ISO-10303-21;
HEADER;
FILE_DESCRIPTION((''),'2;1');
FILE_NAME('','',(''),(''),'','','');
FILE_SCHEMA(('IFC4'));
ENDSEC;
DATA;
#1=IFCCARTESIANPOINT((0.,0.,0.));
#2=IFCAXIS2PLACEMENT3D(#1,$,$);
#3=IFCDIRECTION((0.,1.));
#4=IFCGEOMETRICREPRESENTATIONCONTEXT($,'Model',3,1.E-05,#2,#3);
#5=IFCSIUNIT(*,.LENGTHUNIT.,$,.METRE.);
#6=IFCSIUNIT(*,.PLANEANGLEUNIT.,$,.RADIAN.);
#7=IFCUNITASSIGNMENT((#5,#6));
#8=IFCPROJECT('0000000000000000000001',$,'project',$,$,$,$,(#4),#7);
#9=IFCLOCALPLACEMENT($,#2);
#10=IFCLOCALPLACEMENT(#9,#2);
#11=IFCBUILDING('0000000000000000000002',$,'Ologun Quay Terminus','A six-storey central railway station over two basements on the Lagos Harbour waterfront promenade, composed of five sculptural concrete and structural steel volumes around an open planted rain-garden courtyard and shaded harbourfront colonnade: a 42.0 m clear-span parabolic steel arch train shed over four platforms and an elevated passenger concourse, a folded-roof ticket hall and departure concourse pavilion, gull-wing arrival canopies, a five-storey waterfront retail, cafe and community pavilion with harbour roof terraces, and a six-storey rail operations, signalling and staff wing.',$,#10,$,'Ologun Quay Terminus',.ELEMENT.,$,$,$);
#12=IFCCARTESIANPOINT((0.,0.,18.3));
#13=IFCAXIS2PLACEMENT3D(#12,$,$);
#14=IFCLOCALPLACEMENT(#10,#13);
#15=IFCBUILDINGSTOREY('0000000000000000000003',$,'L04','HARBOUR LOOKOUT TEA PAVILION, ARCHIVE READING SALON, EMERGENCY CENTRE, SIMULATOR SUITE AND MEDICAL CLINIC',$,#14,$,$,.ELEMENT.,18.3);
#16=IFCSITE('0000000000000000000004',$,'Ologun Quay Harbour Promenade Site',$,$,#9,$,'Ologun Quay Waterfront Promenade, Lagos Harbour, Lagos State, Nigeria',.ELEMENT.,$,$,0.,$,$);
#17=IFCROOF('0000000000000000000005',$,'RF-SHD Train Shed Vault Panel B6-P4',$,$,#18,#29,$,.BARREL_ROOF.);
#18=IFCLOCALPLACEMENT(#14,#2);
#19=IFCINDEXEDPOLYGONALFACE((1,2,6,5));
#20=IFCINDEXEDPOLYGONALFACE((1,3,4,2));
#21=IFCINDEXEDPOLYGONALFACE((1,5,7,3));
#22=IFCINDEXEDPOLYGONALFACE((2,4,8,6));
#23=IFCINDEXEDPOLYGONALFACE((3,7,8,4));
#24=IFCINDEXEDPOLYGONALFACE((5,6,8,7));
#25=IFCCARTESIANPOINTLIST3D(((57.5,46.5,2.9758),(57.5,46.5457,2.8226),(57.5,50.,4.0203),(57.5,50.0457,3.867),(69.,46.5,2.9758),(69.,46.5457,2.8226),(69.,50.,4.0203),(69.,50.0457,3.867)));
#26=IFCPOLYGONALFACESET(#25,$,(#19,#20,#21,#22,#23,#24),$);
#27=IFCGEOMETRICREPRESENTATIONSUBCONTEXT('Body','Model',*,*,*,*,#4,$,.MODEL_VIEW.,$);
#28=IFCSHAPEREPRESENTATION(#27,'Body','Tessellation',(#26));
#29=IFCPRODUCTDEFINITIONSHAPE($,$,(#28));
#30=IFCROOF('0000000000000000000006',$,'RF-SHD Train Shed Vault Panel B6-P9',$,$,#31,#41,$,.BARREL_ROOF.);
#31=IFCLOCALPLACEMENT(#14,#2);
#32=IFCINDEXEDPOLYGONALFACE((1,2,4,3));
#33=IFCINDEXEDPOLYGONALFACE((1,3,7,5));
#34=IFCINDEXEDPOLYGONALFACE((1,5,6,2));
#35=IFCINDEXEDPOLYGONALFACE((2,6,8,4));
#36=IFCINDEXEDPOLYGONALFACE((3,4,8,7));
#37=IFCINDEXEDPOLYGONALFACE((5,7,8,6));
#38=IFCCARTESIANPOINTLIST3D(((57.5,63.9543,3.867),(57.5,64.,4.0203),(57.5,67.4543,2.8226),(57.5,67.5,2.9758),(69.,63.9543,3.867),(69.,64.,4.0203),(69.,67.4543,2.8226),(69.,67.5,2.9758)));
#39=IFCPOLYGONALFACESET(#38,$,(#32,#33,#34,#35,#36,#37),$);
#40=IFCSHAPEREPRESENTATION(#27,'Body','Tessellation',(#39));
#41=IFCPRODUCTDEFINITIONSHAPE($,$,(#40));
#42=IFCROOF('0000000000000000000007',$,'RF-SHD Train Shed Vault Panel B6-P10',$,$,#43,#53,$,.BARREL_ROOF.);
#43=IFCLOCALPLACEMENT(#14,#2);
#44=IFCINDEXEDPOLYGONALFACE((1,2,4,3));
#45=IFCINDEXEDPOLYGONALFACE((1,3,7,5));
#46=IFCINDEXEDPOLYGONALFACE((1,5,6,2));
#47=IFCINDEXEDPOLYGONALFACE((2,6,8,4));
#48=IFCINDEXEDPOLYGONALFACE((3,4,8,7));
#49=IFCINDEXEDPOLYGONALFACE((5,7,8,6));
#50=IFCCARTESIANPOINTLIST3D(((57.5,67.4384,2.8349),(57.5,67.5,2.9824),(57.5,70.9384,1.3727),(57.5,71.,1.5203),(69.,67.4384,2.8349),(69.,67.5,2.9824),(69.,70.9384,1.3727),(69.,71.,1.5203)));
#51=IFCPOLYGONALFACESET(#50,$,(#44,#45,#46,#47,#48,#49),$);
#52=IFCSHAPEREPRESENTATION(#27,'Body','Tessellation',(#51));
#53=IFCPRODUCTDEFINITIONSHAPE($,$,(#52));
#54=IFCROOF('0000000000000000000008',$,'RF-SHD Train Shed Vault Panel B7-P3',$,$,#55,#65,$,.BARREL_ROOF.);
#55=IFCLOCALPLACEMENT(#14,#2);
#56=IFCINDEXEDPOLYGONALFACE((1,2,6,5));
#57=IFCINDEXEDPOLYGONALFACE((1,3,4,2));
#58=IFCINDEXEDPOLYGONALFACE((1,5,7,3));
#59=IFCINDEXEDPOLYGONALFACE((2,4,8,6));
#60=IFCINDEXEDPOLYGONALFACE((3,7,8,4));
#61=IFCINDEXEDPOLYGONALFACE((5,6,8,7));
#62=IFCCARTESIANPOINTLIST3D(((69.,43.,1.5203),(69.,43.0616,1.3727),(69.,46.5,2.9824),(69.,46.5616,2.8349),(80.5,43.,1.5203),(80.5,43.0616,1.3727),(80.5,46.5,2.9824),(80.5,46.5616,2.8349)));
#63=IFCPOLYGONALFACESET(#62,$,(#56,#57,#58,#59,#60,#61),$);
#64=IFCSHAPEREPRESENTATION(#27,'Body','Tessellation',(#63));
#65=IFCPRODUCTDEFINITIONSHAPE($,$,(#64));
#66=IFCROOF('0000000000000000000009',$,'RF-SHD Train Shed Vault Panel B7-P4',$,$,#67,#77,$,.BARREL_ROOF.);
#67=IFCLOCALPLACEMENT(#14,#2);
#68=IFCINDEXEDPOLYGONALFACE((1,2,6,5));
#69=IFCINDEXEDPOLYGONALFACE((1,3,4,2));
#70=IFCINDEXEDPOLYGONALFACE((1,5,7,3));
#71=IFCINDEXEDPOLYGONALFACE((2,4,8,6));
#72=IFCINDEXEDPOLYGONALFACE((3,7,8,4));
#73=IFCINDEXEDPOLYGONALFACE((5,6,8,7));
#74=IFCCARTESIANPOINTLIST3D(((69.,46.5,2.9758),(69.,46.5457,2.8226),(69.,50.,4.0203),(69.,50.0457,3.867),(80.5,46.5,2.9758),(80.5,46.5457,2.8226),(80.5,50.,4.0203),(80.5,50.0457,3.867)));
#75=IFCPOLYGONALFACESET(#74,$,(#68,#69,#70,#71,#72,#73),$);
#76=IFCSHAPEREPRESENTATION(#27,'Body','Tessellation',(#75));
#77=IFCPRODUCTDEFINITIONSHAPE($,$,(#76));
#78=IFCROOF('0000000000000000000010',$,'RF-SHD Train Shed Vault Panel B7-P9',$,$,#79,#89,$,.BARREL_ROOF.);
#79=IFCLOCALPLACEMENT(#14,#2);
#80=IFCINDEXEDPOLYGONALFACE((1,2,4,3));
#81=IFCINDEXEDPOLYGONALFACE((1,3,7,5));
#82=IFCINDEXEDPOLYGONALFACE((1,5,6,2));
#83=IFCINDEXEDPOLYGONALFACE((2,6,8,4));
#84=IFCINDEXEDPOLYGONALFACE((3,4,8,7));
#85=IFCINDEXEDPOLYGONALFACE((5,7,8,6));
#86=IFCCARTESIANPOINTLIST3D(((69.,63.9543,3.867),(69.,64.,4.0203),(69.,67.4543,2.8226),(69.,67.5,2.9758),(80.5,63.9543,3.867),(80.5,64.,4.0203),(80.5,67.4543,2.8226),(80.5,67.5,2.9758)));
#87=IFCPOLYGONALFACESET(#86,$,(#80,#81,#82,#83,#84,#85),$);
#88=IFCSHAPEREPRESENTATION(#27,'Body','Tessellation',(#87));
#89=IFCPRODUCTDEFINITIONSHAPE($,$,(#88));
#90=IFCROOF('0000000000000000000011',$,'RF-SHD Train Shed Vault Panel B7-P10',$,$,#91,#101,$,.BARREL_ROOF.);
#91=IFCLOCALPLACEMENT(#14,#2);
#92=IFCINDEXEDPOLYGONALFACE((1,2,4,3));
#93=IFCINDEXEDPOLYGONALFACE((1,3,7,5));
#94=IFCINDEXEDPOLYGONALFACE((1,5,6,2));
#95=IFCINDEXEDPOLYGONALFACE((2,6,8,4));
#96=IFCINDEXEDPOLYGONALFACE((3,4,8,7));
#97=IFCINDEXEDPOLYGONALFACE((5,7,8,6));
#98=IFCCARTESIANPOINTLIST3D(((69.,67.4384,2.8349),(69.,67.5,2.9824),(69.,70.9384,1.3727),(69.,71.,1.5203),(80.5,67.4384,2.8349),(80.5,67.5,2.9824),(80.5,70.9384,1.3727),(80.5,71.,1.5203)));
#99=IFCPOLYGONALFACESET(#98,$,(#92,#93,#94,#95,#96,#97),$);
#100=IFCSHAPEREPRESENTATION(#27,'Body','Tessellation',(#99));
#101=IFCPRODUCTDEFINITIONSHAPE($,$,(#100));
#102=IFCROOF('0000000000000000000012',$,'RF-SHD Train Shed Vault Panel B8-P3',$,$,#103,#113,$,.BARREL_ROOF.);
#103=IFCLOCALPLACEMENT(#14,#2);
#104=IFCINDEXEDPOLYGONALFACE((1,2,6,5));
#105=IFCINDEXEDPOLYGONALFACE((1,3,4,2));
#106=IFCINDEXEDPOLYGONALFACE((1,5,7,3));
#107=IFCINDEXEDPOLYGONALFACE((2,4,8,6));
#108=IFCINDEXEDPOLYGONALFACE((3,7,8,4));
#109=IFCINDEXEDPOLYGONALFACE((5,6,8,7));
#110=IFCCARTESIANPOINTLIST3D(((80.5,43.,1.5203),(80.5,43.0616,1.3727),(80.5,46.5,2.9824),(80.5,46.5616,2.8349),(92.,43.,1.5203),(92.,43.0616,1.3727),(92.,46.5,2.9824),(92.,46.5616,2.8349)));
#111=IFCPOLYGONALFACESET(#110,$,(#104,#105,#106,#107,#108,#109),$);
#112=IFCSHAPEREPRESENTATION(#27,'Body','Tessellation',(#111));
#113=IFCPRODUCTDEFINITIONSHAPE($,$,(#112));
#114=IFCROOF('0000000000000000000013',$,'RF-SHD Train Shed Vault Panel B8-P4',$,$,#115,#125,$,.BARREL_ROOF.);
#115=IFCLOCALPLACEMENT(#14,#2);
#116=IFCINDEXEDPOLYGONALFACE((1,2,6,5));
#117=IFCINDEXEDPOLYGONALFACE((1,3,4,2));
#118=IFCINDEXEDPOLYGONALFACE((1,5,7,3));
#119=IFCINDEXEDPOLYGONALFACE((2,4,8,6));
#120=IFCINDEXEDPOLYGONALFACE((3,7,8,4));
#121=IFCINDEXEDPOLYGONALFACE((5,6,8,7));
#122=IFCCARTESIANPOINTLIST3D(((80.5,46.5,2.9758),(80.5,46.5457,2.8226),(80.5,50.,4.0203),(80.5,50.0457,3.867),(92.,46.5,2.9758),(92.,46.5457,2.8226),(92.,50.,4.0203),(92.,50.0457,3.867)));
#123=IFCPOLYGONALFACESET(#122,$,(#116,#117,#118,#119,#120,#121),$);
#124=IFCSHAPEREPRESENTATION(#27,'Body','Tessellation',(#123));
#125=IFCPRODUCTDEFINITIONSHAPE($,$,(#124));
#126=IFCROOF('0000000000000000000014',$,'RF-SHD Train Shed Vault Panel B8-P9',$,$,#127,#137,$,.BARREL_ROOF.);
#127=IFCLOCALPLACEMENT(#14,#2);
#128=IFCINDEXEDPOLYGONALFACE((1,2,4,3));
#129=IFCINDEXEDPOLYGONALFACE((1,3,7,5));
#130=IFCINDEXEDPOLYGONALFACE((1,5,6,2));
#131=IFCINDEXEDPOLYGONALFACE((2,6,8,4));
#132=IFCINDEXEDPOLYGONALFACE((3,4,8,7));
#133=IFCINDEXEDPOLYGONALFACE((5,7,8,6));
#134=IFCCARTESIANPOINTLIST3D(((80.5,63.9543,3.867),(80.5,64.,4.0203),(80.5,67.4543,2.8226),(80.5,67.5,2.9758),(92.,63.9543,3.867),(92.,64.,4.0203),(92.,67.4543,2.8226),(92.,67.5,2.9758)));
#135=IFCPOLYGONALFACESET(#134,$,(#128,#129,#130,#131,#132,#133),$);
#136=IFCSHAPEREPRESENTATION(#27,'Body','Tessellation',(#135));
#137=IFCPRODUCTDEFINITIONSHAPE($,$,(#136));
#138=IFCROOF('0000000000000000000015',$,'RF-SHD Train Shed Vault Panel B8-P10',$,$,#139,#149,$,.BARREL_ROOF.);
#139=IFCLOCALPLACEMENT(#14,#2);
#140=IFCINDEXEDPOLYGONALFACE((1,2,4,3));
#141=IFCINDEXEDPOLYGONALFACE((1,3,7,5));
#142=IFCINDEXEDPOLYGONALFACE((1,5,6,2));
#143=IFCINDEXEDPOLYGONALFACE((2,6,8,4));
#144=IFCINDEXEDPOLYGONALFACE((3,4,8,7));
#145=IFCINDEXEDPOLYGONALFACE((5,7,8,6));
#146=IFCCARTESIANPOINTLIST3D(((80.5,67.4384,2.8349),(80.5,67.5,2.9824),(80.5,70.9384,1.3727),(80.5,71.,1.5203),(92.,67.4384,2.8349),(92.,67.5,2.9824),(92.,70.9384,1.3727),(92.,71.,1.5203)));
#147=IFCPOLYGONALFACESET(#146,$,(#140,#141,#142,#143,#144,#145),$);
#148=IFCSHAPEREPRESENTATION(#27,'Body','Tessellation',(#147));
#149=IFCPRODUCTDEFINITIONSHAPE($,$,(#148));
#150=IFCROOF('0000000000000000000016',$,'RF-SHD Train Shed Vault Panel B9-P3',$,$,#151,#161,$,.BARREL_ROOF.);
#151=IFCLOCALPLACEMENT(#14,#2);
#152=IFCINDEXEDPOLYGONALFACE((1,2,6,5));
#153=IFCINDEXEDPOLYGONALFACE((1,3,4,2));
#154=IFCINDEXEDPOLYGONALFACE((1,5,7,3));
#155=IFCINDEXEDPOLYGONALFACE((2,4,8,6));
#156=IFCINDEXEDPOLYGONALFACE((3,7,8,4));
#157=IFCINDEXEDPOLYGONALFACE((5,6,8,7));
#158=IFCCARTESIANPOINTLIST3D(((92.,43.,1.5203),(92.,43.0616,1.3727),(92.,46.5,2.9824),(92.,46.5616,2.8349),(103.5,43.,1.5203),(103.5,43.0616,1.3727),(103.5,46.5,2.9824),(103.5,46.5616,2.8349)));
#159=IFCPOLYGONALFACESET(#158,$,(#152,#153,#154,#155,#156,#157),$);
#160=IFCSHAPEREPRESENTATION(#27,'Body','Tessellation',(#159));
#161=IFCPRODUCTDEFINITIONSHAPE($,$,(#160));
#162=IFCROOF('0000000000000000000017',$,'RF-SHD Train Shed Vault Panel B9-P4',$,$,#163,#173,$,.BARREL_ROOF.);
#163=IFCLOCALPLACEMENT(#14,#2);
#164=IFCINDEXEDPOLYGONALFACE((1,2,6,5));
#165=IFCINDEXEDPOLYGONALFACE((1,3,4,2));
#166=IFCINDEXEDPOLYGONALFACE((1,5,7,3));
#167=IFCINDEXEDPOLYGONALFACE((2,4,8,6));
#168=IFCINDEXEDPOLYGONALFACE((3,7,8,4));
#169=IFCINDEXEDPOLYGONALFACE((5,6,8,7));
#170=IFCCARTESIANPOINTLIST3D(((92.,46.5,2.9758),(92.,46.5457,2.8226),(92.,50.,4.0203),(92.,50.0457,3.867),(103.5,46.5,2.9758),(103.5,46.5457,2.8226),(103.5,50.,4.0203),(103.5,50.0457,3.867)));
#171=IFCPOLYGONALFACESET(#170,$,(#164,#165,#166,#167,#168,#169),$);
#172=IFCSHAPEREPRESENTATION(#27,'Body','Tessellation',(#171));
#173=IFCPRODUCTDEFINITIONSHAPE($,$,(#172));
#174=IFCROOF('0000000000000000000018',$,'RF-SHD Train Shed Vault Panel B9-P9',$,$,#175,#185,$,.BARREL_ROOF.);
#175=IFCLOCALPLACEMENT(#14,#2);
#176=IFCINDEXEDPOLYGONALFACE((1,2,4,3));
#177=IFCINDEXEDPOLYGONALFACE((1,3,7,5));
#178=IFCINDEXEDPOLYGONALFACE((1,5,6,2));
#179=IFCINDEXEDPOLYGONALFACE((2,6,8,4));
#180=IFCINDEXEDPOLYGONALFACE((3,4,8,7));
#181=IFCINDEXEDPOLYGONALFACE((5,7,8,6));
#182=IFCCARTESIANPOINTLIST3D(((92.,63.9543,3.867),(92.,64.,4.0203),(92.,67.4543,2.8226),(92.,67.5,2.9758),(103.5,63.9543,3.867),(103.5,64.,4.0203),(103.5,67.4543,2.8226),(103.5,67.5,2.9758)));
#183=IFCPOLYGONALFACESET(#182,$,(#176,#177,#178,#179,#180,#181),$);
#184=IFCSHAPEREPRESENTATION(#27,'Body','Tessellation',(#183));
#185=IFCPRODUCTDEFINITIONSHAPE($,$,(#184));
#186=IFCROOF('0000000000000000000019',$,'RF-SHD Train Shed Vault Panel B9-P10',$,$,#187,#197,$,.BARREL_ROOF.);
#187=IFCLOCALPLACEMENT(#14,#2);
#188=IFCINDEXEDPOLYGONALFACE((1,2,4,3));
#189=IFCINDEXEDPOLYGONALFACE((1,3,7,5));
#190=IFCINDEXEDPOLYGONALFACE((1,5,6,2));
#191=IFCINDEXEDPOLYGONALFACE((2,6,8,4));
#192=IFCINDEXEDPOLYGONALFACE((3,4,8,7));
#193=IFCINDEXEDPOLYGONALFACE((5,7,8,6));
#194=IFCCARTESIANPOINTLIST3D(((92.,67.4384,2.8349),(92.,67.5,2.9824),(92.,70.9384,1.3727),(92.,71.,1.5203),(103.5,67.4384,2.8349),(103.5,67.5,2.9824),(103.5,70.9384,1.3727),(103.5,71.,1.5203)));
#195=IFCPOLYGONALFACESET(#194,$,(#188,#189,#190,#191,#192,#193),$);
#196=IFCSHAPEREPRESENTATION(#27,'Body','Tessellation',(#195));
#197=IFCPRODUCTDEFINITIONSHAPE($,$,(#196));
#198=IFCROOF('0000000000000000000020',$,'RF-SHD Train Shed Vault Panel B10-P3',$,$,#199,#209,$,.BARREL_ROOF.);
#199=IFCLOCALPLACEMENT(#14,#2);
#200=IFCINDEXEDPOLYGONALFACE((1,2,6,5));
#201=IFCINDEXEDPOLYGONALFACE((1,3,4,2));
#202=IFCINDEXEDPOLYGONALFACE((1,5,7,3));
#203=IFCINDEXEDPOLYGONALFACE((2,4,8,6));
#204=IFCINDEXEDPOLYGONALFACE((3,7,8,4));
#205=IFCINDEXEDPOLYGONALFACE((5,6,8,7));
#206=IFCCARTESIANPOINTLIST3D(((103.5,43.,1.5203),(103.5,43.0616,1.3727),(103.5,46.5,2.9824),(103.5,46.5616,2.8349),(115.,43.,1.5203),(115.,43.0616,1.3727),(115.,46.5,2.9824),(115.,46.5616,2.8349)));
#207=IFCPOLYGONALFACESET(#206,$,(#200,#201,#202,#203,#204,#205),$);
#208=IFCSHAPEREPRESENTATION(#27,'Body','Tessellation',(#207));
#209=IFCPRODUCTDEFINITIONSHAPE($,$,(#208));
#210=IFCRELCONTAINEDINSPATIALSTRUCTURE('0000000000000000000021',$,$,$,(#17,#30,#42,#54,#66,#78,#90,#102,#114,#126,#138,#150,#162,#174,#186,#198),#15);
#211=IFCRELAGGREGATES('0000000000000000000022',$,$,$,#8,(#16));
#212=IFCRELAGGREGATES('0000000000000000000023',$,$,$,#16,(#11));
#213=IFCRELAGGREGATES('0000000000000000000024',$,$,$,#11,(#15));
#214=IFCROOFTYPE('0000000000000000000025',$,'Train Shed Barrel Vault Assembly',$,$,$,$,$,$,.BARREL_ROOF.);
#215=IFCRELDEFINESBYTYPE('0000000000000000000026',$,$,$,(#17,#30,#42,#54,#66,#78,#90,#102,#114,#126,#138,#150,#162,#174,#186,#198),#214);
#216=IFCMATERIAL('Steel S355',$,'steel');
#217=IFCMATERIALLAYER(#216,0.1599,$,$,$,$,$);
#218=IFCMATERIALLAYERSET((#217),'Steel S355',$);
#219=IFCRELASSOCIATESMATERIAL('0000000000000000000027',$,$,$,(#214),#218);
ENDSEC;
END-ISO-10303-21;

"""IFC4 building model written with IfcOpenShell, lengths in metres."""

from ifc_helpers import new_model, si_unit, direction, frame, origin, place, context, subcontext, project, spatial, polyline, outline, extrude, material, layer, layer_set, type_object, element, save


model = new_model("IFC4")

# Units and contexts
model_context = context("Model", 3, precision=1e-05, world=origin(), true_north=direction((0.0, 1.0)))
body_context = subcontext(model_context, "Body", "Model", "MODEL_VIEW")
ifc_project = project(units=[si_unit("LENGTHUNIT", "METRE"), si_unit("PLANEANGLEUNIT", "RADIAN")], contexts=[model_context])

# Site, building, storey
site_placement = place(None, origin())
site = spatial("IfcSite", under=ifc_project, at=site_placement, Name="Ologun Quay Harbour Promenade Site", LongName="Ologun Quay Waterfront Promenade, Lagos Harbour, Lagos State, Nigeria", CompositionType="ELEMENT", RefElevation=0.0)
building_placement = place(site_placement, origin())
building = spatial("IfcBuilding", under=site, at=building_placement, Name="Ologun Quay Terminus", Description="A six-storey central railway station over two basements on the Lagos Harbour waterfront promenade, composed of five sculptural concrete and structural steel volumes around an open planted rain-garden courtyard and shaded harbourfront colonnade: a 42.0 m clear-span parabolic steel arch train shed over four platforms and an elevated passenger concourse, a folded-roof ticket hall and departure concourse pavilion, gull-wing arrival canopies, a five-storey waterfront retail, cafe and community pavilion with harbour roof terraces, and a six-storey rail operations, signalling and staff wing.", LongName="Ologun Quay Terminus", CompositionType="ELEMENT")
storey_placement = place(building_placement, frame((0.0, 0.0, 18.3)))
storey = spatial("IfcBuildingStorey", under=building, at=storey_placement, Name="L04", Description="HARBOUR LOOKOUT TEA PAVILION, ARCHIVE READING SALON, EMERGENCY CENTRE, SIMULATOR SUITE AND MEDICAL CLINIC", CompositionType="ELEMENT", Elevation=18.3)

# Roofs
ifc_material_1 = material(Name="Steel S355", Category="steel")
ifc_layer_1 = layer(ifc_material_1, 0.1599)
ifc_layer_set_1 = layer_set([ifc_layer_1], Name="Steel S355")
roof_type = type_object("IfcRoofType", Name="Train Shed Barrel Vault Assembly", PredefinedType="BARREL_ROOF", material=ifc_layer_set_1)
for number, where, z_axis, x_axis, name in (
    (1, (57.5, 46.5, 2.9758), (0.0, -0.285949, 0.958245), (1.0, 0.0, 0.0), "RF-SHD Train Shed Vault Panel B6-P4"),
    (2, (57.5, 64.0, 4.0203), (0.0, 0.285949, 0.958245), (1.0, 0.0, 0.0), "RF-SHD Train Shed Vault Panel B6-P9"),
):
    element("IfcRoof", number, at=place(storey_placement, frame(where, z_axis=z_axis, x_axis=x_axis)), inside=storey, type_object=roof_type, Name=name, PredefinedType="BARREL_ROOF", context=body_context, shape_type="SweptSolid", body=[
        extrude(outline(polyline([(0.0, 0.0), (11.5, 0.0), (11.5, 3.6525), (0.0, 3.6525), (0.0, 0.0)])), origin(), (0.0, 0.0, -1.0), 0.1599),
    ])
for number, where, z_axis, x_axis, name in (
    (3, (57.5, 67.5, 2.9824), (0.0, 0.385474, 0.922719), (1.0, 0.0, 0.0), "RF-SHD Train Shed Vault Panel B6-P10"),
    (4, (69.0, 43.0, 1.5203), (0.0, -0.385474, 0.922719), (1.0, 0.0, 0.0), "RF-SHD Train Shed Vault Panel B7-P3"),
):
    element("IfcRoof", number, at=place(storey_placement, frame(where, z_axis=z_axis, x_axis=x_axis)), inside=storey, type_object=roof_type, Name=name, PredefinedType="BARREL_ROOF", context=body_context, shape_type="SweptSolid", body=[
        extrude(outline(polyline([(0.0, 0.0), (11.5, 0.0), (11.5, 3.7931), (0.0, 3.7931), (0.0, 0.0)])), origin(), (0.0, 0.0, -1.0), 0.1599),
    ])
for number, where, z_axis, x_axis, name in (
    (5, (69.0, 46.5, 2.9758), (0.0, -0.285949, 0.958245), (1.0, 0.0, 0.0), "RF-SHD Train Shed Vault Panel B7-P4"),
    (6, (69.0, 64.0, 4.0203), (0.0, 0.285949, 0.958245), (1.0, 0.0, 0.0), "RF-SHD Train Shed Vault Panel B7-P9"),
):
    element("IfcRoof", number, at=place(storey_placement, frame(where, z_axis=z_axis, x_axis=x_axis)), inside=storey, type_object=roof_type, Name=name, PredefinedType="BARREL_ROOF", context=body_context, shape_type="SweptSolid", body=[
        extrude(outline(polyline([(0.0, 0.0), (11.5, 0.0), (11.5, 3.6525), (0.0, 3.6525), (0.0, 0.0)])), origin(), (0.0, 0.0, -1.0), 0.1599),
    ])
for number, where, z_axis, x_axis, name in (
    (7, (69.0, 67.5, 2.9824), (0.0, 0.385474, 0.922719), (1.0, 0.0, 0.0), "RF-SHD Train Shed Vault Panel B7-P10"),
    (8, (80.5, 43.0, 1.5203), (0.0, -0.385474, 0.922719), (1.0, 0.0, 0.0), "RF-SHD Train Shed Vault Panel B8-P3"),
):
    element("IfcRoof", number, at=place(storey_placement, frame(where, z_axis=z_axis, x_axis=x_axis)), inside=storey, type_object=roof_type, Name=name, PredefinedType="BARREL_ROOF", context=body_context, shape_type="SweptSolid", body=[
        extrude(outline(polyline([(0.0, 0.0), (11.5, 0.0), (11.5, 3.7931), (0.0, 3.7931), (0.0, 0.0)])), origin(), (0.0, 0.0, -1.0), 0.1599),
    ])
for number, where, z_axis, x_axis, name in (
    (9, (80.5, 46.5, 2.9758), (0.0, -0.285949, 0.958245), (1.0, 0.0, 0.0), "RF-SHD Train Shed Vault Panel B8-P4"),
    (10, (80.5, 64.0, 4.0203), (0.0, 0.285949, 0.958245), (1.0, 0.0, 0.0), "RF-SHD Train Shed Vault Panel B8-P9"),
):
    element("IfcRoof", number, at=place(storey_placement, frame(where, z_axis=z_axis, x_axis=x_axis)), inside=storey, type_object=roof_type, Name=name, PredefinedType="BARREL_ROOF", context=body_context, shape_type="SweptSolid", body=[
        extrude(outline(polyline([(0.0, 0.0), (11.5, 0.0), (11.5, 3.6525), (0.0, 3.6525), (0.0, 0.0)])), origin(), (0.0, 0.0, -1.0), 0.1599),
    ])
for number, where, z_axis, x_axis, name in (
    (11, (80.5, 67.5, 2.9824), (0.0, 0.385474, 0.922719), (1.0, 0.0, 0.0), "RF-SHD Train Shed Vault Panel B8-P10"),
    (12, (92.0, 43.0, 1.5203), (0.0, -0.385474, 0.922719), (1.0, 0.0, 0.0), "RF-SHD Train Shed Vault Panel B9-P3"),
):
    element("IfcRoof", number, at=place(storey_placement, frame(where, z_axis=z_axis, x_axis=x_axis)), inside=storey, type_object=roof_type, Name=name, PredefinedType="BARREL_ROOF", context=body_context, shape_type="SweptSolid", body=[
        extrude(outline(polyline([(0.0, 0.0), (11.5, 0.0), (11.5, 3.7931), (0.0, 3.7931), (0.0, 0.0)])), origin(), (0.0, 0.0, -1.0), 0.1599),
    ])
for number, where, z_axis, x_axis, name in (
    (13, (92.0, 46.5, 2.9758), (0.0, -0.285949, 0.958245), (1.0, 0.0, 0.0), "RF-SHD Train Shed Vault Panel B9-P4"),
    (14, (92.0, 64.0, 4.0203), (0.0, 0.285949, 0.958245), (1.0, 0.0, 0.0), "RF-SHD Train Shed Vault Panel B9-P9"),
):
    element("IfcRoof", number, at=place(storey_placement, frame(where, z_axis=z_axis, x_axis=x_axis)), inside=storey, type_object=roof_type, Name=name, PredefinedType="BARREL_ROOF", context=body_context, shape_type="SweptSolid", body=[
        extrude(outline(polyline([(0.0, 0.0), (11.5, 0.0), (11.5, 3.6525), (0.0, 3.6525), (0.0, 0.0)])), origin(), (0.0, 0.0, -1.0), 0.1599),
    ])
for number, where, z_axis, x_axis, name in (
    (15, (92.0, 67.5, 2.9824), (0.0, 0.385474, 0.922719), (1.0, 0.0, 0.0), "RF-SHD Train Shed Vault Panel B9-P10"),
    (16, (103.5, 43.0, 1.5203), (0.0, -0.385474, 0.922719), (1.0, 0.0, 0.0), "RF-SHD Train Shed Vault Panel B10-P3"),
):
    element("IfcRoof", number, at=place(storey_placement, frame(where, z_axis=z_axis, x_axis=x_axis)), inside=storey, type_object=roof_type, Name=name, PredefinedType="BARREL_ROOF", context=body_context, shape_type="SweptSolid", body=[
        extrude(outline(polyline([(0.0, 0.0), (11.5, 0.0), (11.5, 3.7931), (0.0, 3.7931), (0.0, 0.0)])), origin(), (0.0, 0.0, -1.0), 0.1599),
    ])

save(model, "model.ifc")
